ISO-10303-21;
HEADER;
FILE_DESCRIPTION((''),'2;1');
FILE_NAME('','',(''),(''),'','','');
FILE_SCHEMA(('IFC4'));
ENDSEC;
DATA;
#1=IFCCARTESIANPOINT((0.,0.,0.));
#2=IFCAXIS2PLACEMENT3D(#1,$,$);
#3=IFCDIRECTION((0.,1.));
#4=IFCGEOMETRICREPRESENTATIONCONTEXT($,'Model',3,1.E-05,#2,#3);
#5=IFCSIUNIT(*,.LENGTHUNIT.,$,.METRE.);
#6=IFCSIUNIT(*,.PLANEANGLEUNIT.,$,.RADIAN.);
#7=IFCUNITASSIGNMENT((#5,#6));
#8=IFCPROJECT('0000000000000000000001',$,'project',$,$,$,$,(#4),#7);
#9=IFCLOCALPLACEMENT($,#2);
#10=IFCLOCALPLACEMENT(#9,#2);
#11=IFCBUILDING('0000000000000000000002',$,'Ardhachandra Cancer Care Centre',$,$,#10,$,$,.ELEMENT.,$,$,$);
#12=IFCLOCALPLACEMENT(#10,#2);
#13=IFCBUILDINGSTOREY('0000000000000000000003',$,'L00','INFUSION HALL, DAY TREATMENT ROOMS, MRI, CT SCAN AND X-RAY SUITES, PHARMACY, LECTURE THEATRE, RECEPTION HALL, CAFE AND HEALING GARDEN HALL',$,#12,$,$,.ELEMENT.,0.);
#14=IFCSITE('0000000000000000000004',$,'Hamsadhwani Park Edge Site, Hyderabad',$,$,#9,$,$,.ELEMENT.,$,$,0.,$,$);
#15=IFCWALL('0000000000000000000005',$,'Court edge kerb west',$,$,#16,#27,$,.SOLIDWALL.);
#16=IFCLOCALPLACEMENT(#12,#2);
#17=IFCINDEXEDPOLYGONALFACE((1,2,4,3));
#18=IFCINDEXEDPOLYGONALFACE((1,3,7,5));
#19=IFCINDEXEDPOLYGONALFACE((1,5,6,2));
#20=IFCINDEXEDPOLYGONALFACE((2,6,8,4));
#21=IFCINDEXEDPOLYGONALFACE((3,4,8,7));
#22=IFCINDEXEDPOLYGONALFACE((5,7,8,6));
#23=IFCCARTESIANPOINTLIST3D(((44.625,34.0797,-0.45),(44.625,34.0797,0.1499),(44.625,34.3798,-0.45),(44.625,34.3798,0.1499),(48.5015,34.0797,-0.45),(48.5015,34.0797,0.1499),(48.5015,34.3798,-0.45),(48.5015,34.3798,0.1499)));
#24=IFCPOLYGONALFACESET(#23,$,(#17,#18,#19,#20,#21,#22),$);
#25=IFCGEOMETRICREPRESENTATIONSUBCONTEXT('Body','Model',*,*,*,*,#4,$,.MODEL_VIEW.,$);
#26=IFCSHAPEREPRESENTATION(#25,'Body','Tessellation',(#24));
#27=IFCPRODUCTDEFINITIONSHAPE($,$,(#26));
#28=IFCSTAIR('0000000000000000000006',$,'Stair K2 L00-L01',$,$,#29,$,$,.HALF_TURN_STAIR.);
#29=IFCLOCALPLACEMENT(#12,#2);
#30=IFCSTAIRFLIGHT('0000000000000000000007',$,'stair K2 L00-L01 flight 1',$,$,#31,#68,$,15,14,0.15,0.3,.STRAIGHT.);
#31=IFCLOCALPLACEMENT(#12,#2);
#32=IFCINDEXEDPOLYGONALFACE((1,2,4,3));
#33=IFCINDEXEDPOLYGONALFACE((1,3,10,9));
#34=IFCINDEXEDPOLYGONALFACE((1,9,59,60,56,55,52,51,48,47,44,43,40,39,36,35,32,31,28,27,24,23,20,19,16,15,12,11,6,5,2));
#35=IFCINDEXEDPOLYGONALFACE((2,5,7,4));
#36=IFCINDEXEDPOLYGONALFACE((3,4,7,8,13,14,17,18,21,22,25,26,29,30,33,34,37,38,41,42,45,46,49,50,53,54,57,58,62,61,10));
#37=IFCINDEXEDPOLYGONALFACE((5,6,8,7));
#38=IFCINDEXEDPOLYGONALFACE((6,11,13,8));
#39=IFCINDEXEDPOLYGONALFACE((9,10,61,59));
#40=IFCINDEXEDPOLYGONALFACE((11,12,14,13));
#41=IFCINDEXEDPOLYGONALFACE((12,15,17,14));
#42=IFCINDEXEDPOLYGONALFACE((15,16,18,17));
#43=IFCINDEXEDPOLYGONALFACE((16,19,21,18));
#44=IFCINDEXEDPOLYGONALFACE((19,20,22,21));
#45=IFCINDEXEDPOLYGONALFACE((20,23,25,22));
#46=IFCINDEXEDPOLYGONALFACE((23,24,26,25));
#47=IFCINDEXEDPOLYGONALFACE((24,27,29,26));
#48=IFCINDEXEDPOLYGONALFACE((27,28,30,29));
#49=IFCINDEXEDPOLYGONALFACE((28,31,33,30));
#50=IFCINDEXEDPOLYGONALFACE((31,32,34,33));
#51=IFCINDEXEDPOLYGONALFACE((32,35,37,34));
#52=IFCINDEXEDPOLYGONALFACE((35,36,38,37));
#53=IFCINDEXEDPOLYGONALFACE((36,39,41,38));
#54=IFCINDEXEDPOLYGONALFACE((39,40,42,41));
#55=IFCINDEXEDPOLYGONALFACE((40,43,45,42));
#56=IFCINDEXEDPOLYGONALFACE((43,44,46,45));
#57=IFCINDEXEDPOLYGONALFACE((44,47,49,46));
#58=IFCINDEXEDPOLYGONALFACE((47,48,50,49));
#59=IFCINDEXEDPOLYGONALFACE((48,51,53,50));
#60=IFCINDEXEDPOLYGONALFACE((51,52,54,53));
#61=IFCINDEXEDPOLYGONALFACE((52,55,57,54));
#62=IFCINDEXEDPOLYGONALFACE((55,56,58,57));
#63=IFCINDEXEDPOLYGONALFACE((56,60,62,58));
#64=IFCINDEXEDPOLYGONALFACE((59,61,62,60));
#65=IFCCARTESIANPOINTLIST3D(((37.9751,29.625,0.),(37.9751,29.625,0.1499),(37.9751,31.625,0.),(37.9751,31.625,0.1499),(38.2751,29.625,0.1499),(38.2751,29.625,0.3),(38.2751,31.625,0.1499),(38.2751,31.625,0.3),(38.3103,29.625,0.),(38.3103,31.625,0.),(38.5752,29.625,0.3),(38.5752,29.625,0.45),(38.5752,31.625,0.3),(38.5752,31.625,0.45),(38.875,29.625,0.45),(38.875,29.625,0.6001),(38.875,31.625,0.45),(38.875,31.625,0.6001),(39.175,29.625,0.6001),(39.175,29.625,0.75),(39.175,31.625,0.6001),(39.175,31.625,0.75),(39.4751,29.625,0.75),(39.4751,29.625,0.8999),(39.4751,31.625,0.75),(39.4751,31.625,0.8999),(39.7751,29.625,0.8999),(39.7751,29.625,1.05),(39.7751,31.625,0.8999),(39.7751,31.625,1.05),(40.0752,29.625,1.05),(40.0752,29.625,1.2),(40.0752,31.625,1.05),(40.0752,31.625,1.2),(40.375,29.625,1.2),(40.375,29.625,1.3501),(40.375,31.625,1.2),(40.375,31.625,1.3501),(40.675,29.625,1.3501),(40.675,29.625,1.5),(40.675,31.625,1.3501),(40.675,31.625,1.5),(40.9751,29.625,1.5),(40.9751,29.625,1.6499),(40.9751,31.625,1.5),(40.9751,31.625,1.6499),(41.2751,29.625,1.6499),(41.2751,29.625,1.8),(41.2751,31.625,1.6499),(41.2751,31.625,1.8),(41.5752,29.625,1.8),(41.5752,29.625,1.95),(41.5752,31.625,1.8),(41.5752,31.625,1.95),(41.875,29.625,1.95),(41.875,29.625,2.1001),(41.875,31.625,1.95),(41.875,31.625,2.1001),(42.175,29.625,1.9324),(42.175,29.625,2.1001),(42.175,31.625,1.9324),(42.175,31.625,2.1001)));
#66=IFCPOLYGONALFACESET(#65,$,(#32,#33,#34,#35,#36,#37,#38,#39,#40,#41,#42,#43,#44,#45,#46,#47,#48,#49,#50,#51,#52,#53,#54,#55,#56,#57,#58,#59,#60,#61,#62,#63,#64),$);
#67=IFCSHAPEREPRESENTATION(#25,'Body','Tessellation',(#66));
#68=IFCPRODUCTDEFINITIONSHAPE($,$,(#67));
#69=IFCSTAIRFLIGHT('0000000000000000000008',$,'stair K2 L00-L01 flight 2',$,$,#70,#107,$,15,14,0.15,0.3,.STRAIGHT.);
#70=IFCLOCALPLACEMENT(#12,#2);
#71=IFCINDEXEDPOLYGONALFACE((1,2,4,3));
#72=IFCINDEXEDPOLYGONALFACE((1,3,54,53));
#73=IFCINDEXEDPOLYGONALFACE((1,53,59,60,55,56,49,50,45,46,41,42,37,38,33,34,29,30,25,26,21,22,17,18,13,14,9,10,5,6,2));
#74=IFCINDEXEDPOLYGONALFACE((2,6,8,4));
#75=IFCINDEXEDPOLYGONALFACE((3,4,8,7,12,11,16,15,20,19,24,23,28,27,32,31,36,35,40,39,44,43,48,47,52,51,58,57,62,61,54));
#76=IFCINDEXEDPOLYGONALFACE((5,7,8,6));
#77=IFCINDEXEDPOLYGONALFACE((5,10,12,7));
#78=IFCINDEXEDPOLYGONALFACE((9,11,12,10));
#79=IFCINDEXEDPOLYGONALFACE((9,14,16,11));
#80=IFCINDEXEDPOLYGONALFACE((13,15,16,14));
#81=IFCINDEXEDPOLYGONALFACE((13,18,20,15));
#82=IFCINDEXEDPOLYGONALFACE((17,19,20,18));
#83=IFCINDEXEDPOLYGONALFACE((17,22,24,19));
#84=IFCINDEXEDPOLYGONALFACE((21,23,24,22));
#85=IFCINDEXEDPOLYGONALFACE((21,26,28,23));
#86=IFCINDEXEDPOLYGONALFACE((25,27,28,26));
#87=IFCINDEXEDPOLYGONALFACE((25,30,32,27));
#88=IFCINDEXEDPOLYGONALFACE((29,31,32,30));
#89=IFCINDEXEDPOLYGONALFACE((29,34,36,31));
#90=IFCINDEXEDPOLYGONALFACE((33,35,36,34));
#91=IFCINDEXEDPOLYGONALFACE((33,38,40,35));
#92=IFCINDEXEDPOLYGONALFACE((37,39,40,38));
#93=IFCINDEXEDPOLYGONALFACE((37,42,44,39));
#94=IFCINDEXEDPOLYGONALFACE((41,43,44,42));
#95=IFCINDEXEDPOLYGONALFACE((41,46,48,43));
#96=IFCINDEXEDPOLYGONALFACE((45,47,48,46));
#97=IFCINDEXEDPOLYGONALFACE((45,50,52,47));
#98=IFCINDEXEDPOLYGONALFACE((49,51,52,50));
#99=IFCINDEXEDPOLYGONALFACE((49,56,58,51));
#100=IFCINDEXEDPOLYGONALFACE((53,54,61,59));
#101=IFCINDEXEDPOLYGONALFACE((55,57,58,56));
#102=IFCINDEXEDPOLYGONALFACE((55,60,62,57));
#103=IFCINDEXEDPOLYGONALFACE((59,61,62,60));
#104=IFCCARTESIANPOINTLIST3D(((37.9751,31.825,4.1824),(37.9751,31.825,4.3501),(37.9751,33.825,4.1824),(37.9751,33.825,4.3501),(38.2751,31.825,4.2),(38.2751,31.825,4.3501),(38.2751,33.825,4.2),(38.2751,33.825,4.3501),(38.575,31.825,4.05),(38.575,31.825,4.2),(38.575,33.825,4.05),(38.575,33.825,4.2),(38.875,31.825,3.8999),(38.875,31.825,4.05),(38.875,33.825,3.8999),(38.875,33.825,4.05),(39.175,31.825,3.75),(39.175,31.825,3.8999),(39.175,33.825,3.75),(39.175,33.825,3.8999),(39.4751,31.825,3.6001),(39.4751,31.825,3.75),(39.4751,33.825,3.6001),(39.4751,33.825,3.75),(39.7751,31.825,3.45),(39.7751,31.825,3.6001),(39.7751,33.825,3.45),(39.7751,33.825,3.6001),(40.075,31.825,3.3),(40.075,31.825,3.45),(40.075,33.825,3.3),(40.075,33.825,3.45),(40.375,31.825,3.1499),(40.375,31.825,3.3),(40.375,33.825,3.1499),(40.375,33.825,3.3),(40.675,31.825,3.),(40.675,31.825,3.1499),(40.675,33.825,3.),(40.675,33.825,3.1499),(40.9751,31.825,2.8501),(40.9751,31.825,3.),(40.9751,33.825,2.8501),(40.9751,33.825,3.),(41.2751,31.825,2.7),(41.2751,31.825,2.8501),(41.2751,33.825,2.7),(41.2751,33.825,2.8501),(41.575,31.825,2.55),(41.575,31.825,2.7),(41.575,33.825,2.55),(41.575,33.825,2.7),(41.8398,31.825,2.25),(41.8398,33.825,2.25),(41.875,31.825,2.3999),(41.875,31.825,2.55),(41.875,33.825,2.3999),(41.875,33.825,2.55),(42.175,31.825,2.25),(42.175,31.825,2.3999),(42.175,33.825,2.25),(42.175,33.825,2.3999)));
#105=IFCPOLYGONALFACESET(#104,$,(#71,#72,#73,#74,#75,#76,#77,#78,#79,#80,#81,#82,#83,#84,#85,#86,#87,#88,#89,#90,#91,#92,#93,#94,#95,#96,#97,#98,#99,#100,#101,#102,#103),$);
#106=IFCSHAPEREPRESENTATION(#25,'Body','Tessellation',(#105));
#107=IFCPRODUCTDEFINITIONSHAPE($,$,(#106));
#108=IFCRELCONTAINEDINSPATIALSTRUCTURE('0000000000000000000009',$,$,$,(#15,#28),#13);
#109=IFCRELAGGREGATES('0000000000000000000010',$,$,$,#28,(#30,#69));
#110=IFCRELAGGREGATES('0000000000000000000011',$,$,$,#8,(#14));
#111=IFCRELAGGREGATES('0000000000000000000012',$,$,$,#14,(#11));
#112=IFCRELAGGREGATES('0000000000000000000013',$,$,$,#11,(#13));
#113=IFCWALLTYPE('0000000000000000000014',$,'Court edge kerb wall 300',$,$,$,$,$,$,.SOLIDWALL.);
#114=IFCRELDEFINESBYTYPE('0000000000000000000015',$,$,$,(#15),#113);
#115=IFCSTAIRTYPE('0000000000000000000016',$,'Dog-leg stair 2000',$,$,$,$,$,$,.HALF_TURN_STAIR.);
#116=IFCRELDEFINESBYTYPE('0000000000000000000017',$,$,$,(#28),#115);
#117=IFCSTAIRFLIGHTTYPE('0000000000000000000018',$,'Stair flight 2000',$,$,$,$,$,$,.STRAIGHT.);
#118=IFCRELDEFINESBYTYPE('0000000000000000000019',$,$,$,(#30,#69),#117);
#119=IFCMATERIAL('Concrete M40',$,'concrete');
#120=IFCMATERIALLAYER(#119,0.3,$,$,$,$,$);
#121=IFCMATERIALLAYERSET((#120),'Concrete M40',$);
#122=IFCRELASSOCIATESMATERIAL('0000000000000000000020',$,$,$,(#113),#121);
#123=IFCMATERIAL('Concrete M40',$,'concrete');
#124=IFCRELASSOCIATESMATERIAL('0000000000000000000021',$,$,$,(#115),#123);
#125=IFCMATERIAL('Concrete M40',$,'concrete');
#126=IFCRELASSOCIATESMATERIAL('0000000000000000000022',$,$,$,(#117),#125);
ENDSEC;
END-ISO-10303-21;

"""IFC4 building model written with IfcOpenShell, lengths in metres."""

from ifc_helpers import new_model, si_unit, direction, frame, frame_2d, origin, place, context, subcontext, project, spatial, polyline, rectangle, outline, extrude, material, layer, layer_set, type_object, element, aggregate, save


model = new_model("IFC4")

# Units and contexts
model_context = context("Model", 3, precision=1e-05, world=origin(), true_north=direction((0.0, 1.0)))
body_context = subcontext(model_context, "Body", "Model", "MODEL_VIEW")
ifc_project = project(units=[si_unit("LENGTHUNIT", "METRE"), si_unit("PLANEANGLEUNIT", "RADIAN")], contexts=[model_context])

# Site, building, storey
site_placement = place(None, origin())
site = spatial("IfcSite", under=ifc_project, at=site_placement, Name="Hamsadhwani Park Edge Site, Hyderabad", CompositionType="ELEMENT", RefElevation=0.0)
building_placement = place(site_placement, origin())
building = spatial("IfcBuilding", under=site, at=building_placement, Name="Ardhachandra Cancer Care Centre", CompositionType="ELEMENT")
storey_placement = place(building_placement, origin())
storey = spatial("IfcBuildingStorey", under=building, at=storey_placement, Name="L00", Description="INFUSION HALL, DAY TREATMENT ROOMS, MRI, CT SCAN AND X-RAY SUITES, PHARMACY, LECTURE THEATRE, RECEPTION HALL, CAFE AND HEALING GARDEN HALL", CompositionType="ELEMENT", Elevation=0.0)

# Wall
ifc_material_1 = material(Name="Concrete M40", Category="concrete")
ifc_layer_1 = layer(ifc_material_1, 0.3)
ifc_layer_set_1 = layer_set([ifc_layer_1], Name="Concrete M40")
wall_type_1 = type_object("IfcWallType", Name="Court edge kerb wall 300", PredefinedType="SOLIDWALL", material=ifc_layer_set_1)
wall_1_placement = place(storey_placement, frame((44.625, 34.2297, -0.45), z_axis=(0.0, 0.0, 1.0), x_axis=(1.0, 0.0, 0.0)))
element("IfcWall", 1, at=wall_1_placement, inside=storey, type_object=wall_type_1, Name="Court edge kerb west", PredefinedType="SOLIDWALL", context=body_context, shape_type="SweptSolid", body=[
    extrude(rectangle(XDim=3.8765, YDim=0.3, at=frame_2d((1.9382, 0.0))), origin(), (0.0, 0.0, 1.0), 0.5999),
])

# Stair, stair flights
ifc_material_2 = material(Name="Concrete M40", Category="concrete")
stair_type = type_object("IfcStairType", Name="Dog-leg stair 2000", PredefinedType="HALF_TURN_STAIR", material=ifc_material_2)
stair_placement = place(storey_placement, origin())
stair = element("IfcStair", 2, at=stair_placement, inside=storey, type_object=stair_type, Name="Stair K2 L00-L01", PredefinedType="HALF_TURN_STAIR")
ifc_material_3 = material(Name="Concrete M40", Category="concrete")
stair_flight_type = type_object("IfcStairFlightType", Name="Stair flight 2000", PredefinedType="STRAIGHT", material=ifc_material_3)
stair_flight_1_placement = place(storey_placement, frame((37.9751, 30.625, 0.0), z_axis=(0.0, 0.0, 1.0), x_axis=(1.0, 0.0, 0.0)))
stair_flight_1 = element("IfcStairFlight", 3, at=stair_flight_1_placement, type_object=stair_flight_type, Name="stair K2 L00-L01 flight 1", NumberOfRisers=15, NumberOfTreads=14, PredefinedType="STRAIGHT", RiserHeight=0.15, TreadLength=0.3, context=body_context, shape_type="SweptSolid", body=[
    extrude(outline(polyline([(0.0, 0.0), (0.0, 0.1499), (0.3, 0.1499), (0.3, 0.3), (0.6001, 0.3), (0.6001, 0.45), (0.8999, 0.45), (0.8999, 0.6001), (1.2, 0.6001), (1.2, 0.75), (1.5, 0.75), (1.5, 0.8999), (1.8, 0.8999), (1.8, 1.05), (2.1001, 1.05), (2.1001, 1.2), (2.3999, 1.2), (2.3999, 1.3501), (2.7, 1.3501), (2.7, 1.5), (3.0, 1.5), (3.0, 1.6499), (3.3, 1.6499), (3.3, 1.8), (3.6001, 1.8), (3.6001, 1.95), (3.8999, 1.95), (3.8999, 2.1001), (4.2, 2.1001), (4.2, 2.25), (4.2, 1.9324), (0.3352, 0.0), (0.0, 0.0)])), frame((0.0, 1.0, 0.0), z_axis=(0.0, -1.0, 0.0), x_axis=(1.0, 0.0, 0.0)), (0.0, 0.0, 1.0), 2.0),
])
stair_flight_2_placement = place(storey_placement, frame((42.175, 32.825, 2.25), z_axis=(0.0, 0.0, 1.0), x_axis=(-1.0, 0.0, 0.0)))
stair_flight_2 = element("IfcStairFlight", 4, at=stair_flight_2_placement, type_object=stair_flight_type, Name="stair K2 L00-L01 flight 2", NumberOfRisers=15, NumberOfTreads=14, PredefinedType="STRAIGHT", RiserHeight=0.15, TreadLength=0.3, context=body_context, shape_type="SweptSolid", body=[
    extrude(outline(polyline([(0.0, 0.0), (0.0, 0.1499), (0.3, 0.1499), (0.3, 0.3), (0.6001, 0.3), (0.6001, 0.45), (0.8999, 0.45), (0.8999, 0.6001), (1.2, 0.6001), (1.2, 0.75), (1.5, 0.75), (1.5, 0.8999), (1.8, 0.8999), (1.8, 1.05), (2.1001, 1.05), (2.1001, 1.2), (2.3999, 1.2), (2.3999, 1.3501), (2.7, 1.3501), (2.7, 1.5), (3.0, 1.5), (3.0, 1.6499), (3.3, 1.6499), (3.3, 1.8), (3.6001, 1.8), (3.6001, 1.95), (3.8999, 1.95), (3.8999, 2.1001), (4.2, 2.1001), (4.2, 2.25), (4.2, 1.9324), (0.3352, 0.0), (0.0, 0.0)])), frame((0.0, 1.0, 0.0), z_axis=(0.0, -1.0, 0.0), x_axis=(1.0, 0.0, 0.0)), (0.0, 0.0, 1.0), 2.0),
])
aggregate(stair, [stair_flight_1, stair_flight_2])

save(model, "model.ifc")
